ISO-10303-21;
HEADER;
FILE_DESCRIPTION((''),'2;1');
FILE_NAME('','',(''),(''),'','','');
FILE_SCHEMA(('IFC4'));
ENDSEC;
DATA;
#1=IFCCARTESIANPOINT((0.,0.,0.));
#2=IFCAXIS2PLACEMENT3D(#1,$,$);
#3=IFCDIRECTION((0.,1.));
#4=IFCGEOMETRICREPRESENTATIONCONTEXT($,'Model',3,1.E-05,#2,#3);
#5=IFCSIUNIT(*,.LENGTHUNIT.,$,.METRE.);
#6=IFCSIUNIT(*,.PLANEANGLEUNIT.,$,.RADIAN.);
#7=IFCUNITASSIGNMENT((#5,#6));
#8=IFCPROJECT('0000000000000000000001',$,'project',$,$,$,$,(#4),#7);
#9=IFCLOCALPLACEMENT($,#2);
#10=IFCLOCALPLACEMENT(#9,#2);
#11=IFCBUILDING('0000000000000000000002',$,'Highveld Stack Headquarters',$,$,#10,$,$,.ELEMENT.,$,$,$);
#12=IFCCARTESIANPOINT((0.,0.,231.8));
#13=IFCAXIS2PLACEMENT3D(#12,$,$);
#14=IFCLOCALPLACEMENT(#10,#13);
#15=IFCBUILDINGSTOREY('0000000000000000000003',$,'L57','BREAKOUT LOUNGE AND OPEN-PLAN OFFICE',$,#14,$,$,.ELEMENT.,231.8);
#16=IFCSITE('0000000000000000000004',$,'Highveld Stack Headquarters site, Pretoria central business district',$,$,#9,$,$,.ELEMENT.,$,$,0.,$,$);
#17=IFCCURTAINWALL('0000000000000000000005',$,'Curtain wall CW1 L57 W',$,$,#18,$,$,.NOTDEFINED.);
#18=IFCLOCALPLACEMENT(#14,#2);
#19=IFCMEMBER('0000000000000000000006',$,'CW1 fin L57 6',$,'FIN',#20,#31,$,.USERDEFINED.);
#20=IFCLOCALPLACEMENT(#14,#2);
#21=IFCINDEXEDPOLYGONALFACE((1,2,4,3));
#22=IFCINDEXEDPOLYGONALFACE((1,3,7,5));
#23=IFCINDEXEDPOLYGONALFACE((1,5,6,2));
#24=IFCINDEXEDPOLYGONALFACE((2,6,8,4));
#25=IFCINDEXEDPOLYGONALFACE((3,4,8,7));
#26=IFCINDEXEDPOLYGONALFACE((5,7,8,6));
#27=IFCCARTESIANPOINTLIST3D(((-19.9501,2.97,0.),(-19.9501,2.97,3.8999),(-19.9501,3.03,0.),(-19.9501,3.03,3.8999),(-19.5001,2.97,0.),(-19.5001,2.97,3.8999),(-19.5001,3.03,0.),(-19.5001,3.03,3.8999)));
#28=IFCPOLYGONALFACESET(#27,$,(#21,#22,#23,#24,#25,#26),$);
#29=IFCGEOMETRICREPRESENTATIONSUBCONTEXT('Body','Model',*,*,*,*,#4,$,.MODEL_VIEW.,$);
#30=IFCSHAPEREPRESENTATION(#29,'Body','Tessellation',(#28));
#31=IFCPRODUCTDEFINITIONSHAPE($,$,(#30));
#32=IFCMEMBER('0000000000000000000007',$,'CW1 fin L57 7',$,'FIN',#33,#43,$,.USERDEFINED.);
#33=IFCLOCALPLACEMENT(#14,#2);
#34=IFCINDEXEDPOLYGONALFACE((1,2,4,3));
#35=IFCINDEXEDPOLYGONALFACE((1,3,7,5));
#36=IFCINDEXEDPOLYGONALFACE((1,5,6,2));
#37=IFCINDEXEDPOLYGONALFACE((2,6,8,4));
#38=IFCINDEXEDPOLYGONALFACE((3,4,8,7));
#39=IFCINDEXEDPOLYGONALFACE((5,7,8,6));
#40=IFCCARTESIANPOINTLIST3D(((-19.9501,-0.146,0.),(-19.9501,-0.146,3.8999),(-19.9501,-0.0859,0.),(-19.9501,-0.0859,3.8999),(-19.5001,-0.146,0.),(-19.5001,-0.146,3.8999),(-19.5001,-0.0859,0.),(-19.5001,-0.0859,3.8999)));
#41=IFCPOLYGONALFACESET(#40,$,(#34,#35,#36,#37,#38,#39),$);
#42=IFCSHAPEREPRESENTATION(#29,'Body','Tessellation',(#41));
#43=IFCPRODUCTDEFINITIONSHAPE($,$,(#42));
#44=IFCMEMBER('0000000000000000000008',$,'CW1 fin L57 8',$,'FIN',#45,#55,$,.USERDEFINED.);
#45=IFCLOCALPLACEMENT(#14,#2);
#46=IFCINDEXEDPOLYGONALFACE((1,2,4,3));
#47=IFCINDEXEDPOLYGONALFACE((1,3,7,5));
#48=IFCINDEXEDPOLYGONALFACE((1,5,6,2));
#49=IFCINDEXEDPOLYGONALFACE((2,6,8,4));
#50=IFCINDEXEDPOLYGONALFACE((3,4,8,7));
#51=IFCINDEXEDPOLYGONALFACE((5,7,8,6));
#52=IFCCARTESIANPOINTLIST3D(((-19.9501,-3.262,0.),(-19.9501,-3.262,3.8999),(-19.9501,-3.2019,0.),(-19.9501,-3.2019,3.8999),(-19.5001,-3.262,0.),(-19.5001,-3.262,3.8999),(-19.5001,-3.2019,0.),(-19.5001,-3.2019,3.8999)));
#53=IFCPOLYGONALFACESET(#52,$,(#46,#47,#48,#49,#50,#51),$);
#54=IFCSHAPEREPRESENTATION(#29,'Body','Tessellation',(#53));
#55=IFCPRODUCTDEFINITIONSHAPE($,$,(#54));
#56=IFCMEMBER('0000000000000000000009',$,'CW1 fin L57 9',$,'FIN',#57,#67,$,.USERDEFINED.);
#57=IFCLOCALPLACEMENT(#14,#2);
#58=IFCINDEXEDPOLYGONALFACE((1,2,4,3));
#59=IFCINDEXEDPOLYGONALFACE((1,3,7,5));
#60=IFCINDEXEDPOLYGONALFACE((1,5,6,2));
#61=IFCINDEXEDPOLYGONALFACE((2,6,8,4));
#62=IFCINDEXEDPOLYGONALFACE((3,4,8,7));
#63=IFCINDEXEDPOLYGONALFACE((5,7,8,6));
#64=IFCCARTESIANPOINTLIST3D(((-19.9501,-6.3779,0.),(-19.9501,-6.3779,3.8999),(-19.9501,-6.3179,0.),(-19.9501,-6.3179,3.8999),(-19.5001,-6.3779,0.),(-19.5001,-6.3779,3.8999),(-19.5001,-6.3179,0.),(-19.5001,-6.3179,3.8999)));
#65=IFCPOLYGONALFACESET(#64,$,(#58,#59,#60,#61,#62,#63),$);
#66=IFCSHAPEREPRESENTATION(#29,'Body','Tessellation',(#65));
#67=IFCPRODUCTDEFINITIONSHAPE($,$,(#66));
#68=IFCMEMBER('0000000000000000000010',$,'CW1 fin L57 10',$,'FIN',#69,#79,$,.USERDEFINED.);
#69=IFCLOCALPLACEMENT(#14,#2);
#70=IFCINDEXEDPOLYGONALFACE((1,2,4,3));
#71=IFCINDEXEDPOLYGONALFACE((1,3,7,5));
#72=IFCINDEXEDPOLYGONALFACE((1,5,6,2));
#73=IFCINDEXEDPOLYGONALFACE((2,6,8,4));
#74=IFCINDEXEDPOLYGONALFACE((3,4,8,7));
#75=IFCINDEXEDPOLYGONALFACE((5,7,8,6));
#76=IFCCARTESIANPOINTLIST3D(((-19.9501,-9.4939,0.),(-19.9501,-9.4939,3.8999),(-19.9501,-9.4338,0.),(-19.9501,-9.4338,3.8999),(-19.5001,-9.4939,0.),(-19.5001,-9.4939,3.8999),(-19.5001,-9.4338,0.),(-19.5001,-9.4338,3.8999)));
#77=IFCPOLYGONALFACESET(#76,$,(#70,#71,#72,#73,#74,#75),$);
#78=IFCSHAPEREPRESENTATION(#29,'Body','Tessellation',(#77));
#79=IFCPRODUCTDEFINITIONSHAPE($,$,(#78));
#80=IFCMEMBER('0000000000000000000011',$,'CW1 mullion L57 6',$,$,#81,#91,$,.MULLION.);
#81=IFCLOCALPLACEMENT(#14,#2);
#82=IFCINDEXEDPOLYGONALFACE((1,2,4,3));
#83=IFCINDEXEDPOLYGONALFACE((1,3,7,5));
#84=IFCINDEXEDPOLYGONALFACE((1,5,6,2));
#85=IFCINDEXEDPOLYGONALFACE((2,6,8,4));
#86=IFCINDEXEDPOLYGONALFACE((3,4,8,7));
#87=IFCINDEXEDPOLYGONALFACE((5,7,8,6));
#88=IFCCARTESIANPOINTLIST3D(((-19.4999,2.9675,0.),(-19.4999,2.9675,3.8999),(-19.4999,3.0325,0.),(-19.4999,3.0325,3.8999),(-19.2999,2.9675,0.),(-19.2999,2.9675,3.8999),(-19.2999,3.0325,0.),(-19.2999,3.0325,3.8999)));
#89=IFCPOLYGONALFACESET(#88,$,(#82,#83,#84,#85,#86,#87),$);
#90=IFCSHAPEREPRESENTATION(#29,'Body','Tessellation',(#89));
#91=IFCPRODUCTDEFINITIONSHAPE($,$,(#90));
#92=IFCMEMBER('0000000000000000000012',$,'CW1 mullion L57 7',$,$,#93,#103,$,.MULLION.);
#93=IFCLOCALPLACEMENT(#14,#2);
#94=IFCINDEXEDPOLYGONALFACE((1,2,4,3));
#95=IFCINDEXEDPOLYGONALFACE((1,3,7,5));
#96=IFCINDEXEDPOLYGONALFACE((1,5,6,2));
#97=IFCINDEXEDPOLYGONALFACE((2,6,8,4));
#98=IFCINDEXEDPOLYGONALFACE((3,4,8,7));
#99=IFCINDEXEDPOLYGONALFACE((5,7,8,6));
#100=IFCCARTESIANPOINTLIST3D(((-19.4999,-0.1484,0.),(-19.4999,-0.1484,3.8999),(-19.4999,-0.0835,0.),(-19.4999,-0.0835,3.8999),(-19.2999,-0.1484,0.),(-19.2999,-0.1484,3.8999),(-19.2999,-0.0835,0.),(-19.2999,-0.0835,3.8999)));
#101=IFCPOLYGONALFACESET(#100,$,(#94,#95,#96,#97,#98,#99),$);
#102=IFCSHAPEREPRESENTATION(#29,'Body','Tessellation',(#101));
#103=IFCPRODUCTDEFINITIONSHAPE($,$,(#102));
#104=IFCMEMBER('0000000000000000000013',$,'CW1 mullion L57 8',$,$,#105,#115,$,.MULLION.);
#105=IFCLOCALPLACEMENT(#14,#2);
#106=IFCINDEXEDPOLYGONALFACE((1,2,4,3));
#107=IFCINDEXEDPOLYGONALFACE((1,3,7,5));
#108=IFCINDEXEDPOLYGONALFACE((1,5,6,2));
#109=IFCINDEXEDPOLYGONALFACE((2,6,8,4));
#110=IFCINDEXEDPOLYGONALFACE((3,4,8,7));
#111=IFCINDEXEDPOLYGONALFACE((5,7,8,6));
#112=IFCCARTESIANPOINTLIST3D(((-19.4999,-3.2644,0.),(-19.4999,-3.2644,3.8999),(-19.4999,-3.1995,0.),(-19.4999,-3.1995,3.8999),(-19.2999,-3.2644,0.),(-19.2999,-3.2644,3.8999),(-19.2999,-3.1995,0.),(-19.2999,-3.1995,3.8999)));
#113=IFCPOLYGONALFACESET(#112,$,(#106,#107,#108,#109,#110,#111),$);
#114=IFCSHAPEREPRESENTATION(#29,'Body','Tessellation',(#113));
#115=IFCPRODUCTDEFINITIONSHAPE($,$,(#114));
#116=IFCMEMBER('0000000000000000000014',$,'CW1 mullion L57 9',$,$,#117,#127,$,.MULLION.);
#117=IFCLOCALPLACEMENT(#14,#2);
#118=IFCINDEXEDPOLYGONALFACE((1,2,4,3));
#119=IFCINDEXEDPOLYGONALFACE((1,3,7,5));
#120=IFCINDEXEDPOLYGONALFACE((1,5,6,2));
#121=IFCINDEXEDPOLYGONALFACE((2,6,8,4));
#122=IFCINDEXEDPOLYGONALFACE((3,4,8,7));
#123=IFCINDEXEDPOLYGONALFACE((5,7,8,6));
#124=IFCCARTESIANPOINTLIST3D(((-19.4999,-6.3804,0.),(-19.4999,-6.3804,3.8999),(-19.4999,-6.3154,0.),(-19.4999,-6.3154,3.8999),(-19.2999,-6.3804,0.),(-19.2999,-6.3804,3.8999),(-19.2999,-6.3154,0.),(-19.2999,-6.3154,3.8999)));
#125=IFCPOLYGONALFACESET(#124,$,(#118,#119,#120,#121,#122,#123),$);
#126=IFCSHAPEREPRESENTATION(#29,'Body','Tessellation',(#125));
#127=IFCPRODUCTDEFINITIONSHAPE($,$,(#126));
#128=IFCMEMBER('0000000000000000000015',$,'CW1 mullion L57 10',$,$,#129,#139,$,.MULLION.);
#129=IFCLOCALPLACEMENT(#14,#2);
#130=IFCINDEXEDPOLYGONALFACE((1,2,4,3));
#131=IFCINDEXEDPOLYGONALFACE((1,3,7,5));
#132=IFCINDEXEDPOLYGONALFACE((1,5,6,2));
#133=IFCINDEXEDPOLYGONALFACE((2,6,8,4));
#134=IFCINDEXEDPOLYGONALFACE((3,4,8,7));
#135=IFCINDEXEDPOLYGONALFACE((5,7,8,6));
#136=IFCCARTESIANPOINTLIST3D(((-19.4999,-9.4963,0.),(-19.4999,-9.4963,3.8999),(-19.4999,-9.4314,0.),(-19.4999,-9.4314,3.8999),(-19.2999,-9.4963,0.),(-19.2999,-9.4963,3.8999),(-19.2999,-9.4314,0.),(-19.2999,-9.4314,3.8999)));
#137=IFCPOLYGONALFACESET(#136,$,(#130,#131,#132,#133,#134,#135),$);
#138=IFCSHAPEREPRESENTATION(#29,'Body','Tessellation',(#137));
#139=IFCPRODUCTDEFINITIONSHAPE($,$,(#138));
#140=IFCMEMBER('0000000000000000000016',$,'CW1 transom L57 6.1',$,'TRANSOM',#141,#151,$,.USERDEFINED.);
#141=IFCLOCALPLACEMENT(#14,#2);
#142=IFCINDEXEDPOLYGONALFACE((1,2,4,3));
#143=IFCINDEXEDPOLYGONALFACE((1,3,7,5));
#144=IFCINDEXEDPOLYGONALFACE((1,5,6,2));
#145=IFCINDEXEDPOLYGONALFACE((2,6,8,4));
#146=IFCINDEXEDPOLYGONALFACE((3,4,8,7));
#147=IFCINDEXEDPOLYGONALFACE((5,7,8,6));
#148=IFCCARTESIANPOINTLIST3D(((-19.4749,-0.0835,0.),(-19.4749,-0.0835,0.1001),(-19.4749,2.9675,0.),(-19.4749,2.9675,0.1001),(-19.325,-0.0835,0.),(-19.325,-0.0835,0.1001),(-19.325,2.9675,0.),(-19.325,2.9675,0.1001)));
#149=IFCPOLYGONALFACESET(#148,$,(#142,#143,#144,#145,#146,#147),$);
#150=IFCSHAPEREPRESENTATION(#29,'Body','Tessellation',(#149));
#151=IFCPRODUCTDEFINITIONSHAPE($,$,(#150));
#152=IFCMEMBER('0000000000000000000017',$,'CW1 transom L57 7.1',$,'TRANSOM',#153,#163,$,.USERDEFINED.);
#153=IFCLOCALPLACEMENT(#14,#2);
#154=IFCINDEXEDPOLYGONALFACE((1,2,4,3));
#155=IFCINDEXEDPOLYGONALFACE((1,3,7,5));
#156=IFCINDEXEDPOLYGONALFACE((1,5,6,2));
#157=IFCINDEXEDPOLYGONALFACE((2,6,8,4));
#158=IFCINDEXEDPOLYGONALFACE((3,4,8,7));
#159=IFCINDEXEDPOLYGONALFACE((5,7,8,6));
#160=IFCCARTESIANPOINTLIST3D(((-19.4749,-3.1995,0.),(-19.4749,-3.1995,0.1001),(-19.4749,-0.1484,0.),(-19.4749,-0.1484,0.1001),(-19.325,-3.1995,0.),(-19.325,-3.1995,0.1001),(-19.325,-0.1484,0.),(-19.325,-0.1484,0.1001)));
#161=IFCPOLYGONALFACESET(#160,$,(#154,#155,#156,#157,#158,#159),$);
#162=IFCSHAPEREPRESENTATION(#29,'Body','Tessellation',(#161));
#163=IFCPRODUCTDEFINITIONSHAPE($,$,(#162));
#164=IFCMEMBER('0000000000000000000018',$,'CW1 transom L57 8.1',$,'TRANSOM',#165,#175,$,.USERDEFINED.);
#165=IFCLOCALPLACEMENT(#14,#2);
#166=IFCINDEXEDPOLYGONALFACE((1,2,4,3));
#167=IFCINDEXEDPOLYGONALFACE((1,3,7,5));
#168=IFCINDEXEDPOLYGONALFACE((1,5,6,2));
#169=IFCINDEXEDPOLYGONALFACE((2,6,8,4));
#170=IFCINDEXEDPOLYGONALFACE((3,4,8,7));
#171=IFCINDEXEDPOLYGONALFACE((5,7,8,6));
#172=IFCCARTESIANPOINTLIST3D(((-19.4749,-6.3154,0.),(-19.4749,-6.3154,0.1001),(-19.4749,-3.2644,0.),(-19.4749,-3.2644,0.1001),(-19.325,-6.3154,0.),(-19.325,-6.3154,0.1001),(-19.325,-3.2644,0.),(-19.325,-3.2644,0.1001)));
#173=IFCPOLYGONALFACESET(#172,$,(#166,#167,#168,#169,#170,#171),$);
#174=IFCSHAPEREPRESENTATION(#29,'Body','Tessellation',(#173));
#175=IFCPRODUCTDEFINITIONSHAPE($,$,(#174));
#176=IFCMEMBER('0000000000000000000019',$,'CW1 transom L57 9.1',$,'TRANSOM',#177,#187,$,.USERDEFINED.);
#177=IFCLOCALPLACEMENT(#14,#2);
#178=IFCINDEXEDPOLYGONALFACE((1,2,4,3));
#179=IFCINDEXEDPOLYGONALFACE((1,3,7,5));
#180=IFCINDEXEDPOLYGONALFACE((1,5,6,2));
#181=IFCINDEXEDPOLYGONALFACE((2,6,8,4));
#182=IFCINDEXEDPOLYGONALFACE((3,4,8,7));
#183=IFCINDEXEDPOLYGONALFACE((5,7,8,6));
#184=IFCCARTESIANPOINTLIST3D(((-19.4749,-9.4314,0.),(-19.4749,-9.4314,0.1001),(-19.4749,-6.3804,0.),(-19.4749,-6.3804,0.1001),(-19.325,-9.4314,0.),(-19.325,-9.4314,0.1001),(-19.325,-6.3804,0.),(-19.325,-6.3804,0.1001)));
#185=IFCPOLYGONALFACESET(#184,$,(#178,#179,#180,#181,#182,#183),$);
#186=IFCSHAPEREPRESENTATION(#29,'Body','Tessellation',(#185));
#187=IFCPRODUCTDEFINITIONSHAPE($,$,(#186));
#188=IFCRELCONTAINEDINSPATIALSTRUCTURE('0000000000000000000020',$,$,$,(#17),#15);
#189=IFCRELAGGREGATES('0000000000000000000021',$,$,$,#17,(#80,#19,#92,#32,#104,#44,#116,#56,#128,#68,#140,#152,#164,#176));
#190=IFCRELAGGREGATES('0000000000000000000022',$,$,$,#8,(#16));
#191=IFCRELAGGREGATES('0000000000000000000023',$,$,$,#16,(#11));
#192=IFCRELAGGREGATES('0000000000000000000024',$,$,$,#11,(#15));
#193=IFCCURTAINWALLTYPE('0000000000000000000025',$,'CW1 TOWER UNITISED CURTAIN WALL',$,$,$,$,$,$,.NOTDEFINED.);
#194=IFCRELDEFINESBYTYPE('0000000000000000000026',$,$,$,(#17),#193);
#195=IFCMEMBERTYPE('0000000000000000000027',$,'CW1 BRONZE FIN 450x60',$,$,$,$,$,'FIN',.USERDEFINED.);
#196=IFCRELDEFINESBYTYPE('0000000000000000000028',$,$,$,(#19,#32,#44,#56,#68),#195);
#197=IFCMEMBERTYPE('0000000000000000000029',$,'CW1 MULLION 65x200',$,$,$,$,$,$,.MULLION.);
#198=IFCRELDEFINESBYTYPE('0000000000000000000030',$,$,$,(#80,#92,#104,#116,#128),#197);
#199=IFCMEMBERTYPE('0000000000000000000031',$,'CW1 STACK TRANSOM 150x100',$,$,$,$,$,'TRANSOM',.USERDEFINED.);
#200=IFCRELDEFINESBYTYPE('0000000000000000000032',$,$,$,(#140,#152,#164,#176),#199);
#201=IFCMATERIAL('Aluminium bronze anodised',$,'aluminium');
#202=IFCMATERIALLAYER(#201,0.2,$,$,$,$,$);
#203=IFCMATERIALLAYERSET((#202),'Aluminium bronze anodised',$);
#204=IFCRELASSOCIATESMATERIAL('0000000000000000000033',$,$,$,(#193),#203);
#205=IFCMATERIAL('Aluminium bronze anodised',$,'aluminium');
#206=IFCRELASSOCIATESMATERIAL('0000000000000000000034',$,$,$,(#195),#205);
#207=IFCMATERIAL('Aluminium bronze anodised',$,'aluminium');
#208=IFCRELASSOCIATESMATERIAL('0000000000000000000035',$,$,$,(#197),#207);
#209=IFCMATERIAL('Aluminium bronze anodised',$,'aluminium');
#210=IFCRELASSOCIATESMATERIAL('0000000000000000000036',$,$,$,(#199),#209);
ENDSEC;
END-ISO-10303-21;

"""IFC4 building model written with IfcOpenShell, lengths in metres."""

from ifc_helpers import new_model, si_unit, direction, frame, origin, origin_2d, place, context, subcontext, project, spatial, rectangle, extrude, material, layer, layer_set, material_profile, profile_set, type_object, element, aggregate, save


model = new_model("IFC4")

# Units and contexts
model_context = context("Model", 3, precision=1e-05, world=origin(), true_north=direction((0.0, 1.0)))
body_context = subcontext(model_context, "Body", "Model", "MODEL_VIEW")
ifc_project = project(units=[si_unit("LENGTHUNIT", "METRE"), si_unit("PLANEANGLEUNIT", "RADIAN")], contexts=[model_context])

# Site, building, storey
site_placement = place(None, origin())
site = spatial("IfcSite", under=ifc_project, at=site_placement, Name="Highveld Stack Headquarters site, Pretoria central business district", CompositionType="ELEMENT", RefElevation=0.0)
building_placement = place(site_placement, origin())
building = spatial("IfcBuilding", under=site, at=building_placement, Name="Highveld Stack Headquarters", CompositionType="ELEMENT")
storey_placement = place(building_placement, frame((0.0, 0.0, 231.8)))
storey = spatial("IfcBuildingStorey", under=building, at=storey_placement, Name="L57", Description="BREAKOUT LOUNGE AND OPEN-PLAN OFFICE", CompositionType="ELEMENT", Elevation=231.8)

# Curtain wall, members
ifc_material_1 = material(Name="Aluminium bronze anodised", Category="aluminium")
ifc_layer_1 = layer(ifc_material_1, 0.2)
ifc_layer_set_1 = layer_set([ifc_layer_1], Name="Aluminium bronze anodised")
curtain_wall_type = type_object("IfcCurtainWallType", Name="CW1 TOWER UNITISED CURTAIN WALL", PredefinedType="NOTDEFINED", material=ifc_layer_set_1)
curtain_wall_placement = place(storey_placement, origin())
curtain_wall = element("IfcCurtainWall", 1, at=curtain_wall_placement, inside=storey, type_object=curtain_wall_type, Name="Curtain wall CW1 L57 W", PredefinedType="NOTDEFINED")
ifc_material_2 = material(Name="Aluminium bronze anodised", Category="aluminium")
ifc_material_profile_1 = material_profile(ifc_material_2, rectangle(XDim=0.45, YDim=0.0601, at=origin_2d()), Name="FIN 450x60")
ifc_profile_set_1 = profile_set([ifc_material_profile_1], Name="Aluminium bronze anodised")
member_type_1 = type_object("IfcMemberType", Name="CW1 BRONZE FIN 450x60", ElementType="FIN", PredefinedType="USERDEFINED", material=ifc_profile_set_1)
member_1_placement = place(storey_placement, frame((-19.7251, 3.0, 0.0), z_axis=(0.0, 0.0, 1.0), x_axis=(1.0, 0.0, 0.0)))
member_1 = element("IfcMember", 2, at=member_1_placement, type_object=member_type_1, Name="CW1 fin L57 6", ObjectType="FIN", PredefinedType="USERDEFINED", context=body_context, shape_type="SweptSolid", body=[
    extrude(rectangle(XDim=0.45, YDim=0.0601, at=origin_2d()), origin(), (0.0, 0.0, 1.0), 3.8999),
])
member_2_placement = place(storey_placement, frame((-19.7251, -0.116, 0.0), z_axis=(0.0, 0.0, 1.0), x_axis=(1.0, 0.0, 0.0)))
member_2 = element("IfcMember", 3, at=member_2_placement, type_object=member_type_1, Name="CW1 fin L57 7", ObjectType="FIN", PredefinedType="USERDEFINED", context=body_context, shape_type="SweptSolid", body=[
    extrude(rectangle(XDim=0.45, YDim=0.0601, at=origin_2d()), origin(), (0.0, 0.0, 1.0), 3.8999),
])
member_3_placement = place(storey_placement, frame((-19.7251, -3.2319, 0.0), z_axis=(0.0, 0.0, 1.0), x_axis=(1.0, 0.0, 0.0)))
member_3 = element("IfcMember", 4, at=member_3_placement, type_object=member_type_1, Name="CW1 fin L57 8", ObjectType="FIN", PredefinedType="USERDEFINED", context=body_context, shape_type="SweptSolid", body=[
    extrude(rectangle(XDim=0.45, YDim=0.0601, at=origin_2d()), origin(), (0.0, 0.0, 1.0), 3.8999),
])
member_4_placement = place(storey_placement, frame((-19.7251, -6.3479, 0.0), z_axis=(0.0, 0.0, 1.0), x_axis=(1.0, 0.0, 0.0)))
member_4 = element("IfcMember", 5, at=member_4_placement, type_object=member_type_1, Name="CW1 fin L57 9", ObjectType="FIN", PredefinedType="USERDEFINED", context=body_context, shape_type="SweptSolid", body=[
    extrude(rectangle(XDim=0.45, YDim=0.0601, at=origin_2d()), origin(), (0.0, 0.0, 1.0), 3.8999),
])
member_5_placement = place(storey_placement, frame((-19.7251, -9.4639, 0.0), z_axis=(0.0, 0.0, 1.0), x_axis=(1.0, 0.0, 0.0)))
member_5 = element("IfcMember", 6, at=member_5_placement, type_object=member_type_1, Name="CW1 fin L57 10", ObjectType="FIN", PredefinedType="USERDEFINED", context=body_context, shape_type="SweptSolid", body=[
    extrude(rectangle(XDim=0.45, YDim=0.0601, at=origin_2d()), origin(), (0.0, 0.0, 1.0), 3.8999),
])
ifc_material_3 = material(Name="Aluminium bronze anodised", Category="aluminium")
ifc_material_profile_2 = material_profile(ifc_material_3, rectangle(XDim=0.2, YDim=0.0649, at=origin_2d()), Name="CW1 MULLION 65x200")
ifc_profile_set_2 = profile_set([ifc_material_profile_2], Name="Aluminium bronze anodised")
member_type_2 = type_object("IfcMemberType", Name="CW1 MULLION 65x200", PredefinedType="MULLION", material=ifc_profile_set_2)
member_6_placement = place(storey_placement, frame((-19.3999, 3.0, 0.0), z_axis=(0.0, 0.0, 1.0), x_axis=(1.0, 0.0, 0.0)))
member_6 = element("IfcMember", 7, at=member_6_placement, type_object=member_type_2, Name="CW1 mullion L57 6", PredefinedType="MULLION", context=body_context, shape_type="SweptSolid", body=[
    extrude(rectangle(XDim=0.2, YDim=0.0649, at=origin_2d()), origin(), (0.0, 0.0, 1.0), 3.8999),
])
member_7_placement = place(storey_placement, frame((-19.3999, -0.116, 0.0), z_axis=(0.0, 0.0, 1.0), x_axis=(1.0, 0.0, 0.0)))
member_7 = element("IfcMember", 8, at=member_7_placement, type_object=member_type_2, Name="CW1 mullion L57 7", PredefinedType="MULLION", context=body_context, shape_type="SweptSolid", body=[
    extrude(rectangle(XDim=0.2, YDim=0.0649, at=origin_2d()), origin(), (0.0, 0.0, 1.0), 3.8999),
])
member_8_placement = place(storey_placement, frame((-19.3999, -3.2319, 0.0), z_axis=(0.0, 0.0, 1.0), x_axis=(1.0, 0.0, 0.0)))
member_8 = element("IfcMember", 9, at=member_8_placement, type_object=member_type_2, Name="CW1 mullion L57 8", PredefinedType="MULLION", context=body_context, shape_type="SweptSolid", body=[
    extrude(rectangle(XDim=0.2, YDim=0.0649, at=origin_2d()), origin(), (0.0, 0.0, 1.0), 3.8999),
])
member_9_placement = place(storey_placement, frame((-19.3999, -6.3479, 0.0), z_axis=(0.0, 0.0, 1.0), x_axis=(1.0, 0.0, 0.0)))
member_9 = element("IfcMember", 10, at=member_9_placement, type_object=member_type_2, Name="CW1 mullion L57 9", PredefinedType="MULLION", context=body_context, shape_type="SweptSolid", body=[
    extrude(rectangle(XDim=0.2, YDim=0.0649, at=origin_2d()), origin(), (0.0, 0.0, 1.0), 3.8999),
])
member_10_placement = place(storey_placement, frame((-19.3999, -9.4639, 0.0), z_axis=(0.0, 0.0, 1.0), x_axis=(1.0, 0.0, 0.0)))
member_10 = element("IfcMember", 11, at=member_10_placement, type_object=member_type_2, Name="CW1 mullion L57 10", PredefinedType="MULLION", context=body_context, shape_type="SweptSolid", body=[
    extrude(rectangle(XDim=0.2, YDim=0.0649, at=origin_2d()), origin(), (0.0, 0.0, 1.0), 3.8999),
])
ifc_material_4 = material(Name="Aluminium bronze anodised", Category="aluminium")
ifc_material_profile_3 = material_profile(ifc_material_4, rectangle(XDim=0.1499, YDim=0.1001, at=origin_2d()), Name="CW1 TRANSOM 150x100")
ifc_profile_set_3 = profile_set([ifc_material_profile_3], Name="Aluminium bronze anodised")
member_type_3 = type_object("IfcMemberType", Name="CW1 STACK TRANSOM 150x100", ElementType="TRANSOM", PredefinedType="USERDEFINED", material=ifc_profile_set_3)
member_11_placement = place(storey_placement, frame((-19.3999, 2.9675, 0.05), z_axis=(0.0, -1.0, 0.0), x_axis=(1.0, 0.0, 0.0)))
member_11 = element("IfcMember", 12, at=member_11_placement, type_object=member_type_3, Name="CW1 transom L57 6.1", ObjectType="TRANSOM", PredefinedType="USERDEFINED", context=body_context, shape_type="SweptSolid", body=[
    extrude(rectangle(XDim=0.1499, YDim=0.1001, at=origin_2d()), origin(), (0.0, 0.0, 1.0), 3.051),
])
member_12_placement = place(storey_placement, frame((-19.3999, -0.1484, 0.05), z_axis=(0.0, -1.0, 0.0), x_axis=(1.0, 0.0, 0.0)))
member_12 = element("IfcMember", 13, at=member_12_placement, type_object=member_type_3, Name="CW1 transom L57 7.1", ObjectType="TRANSOM", PredefinedType="USERDEFINED", context=body_context, shape_type="SweptSolid", body=[
    extrude(rectangle(XDim=0.1499, YDim=0.1001, at=origin_2d()), origin(), (0.0, 0.0, 1.0), 3.051),
])
member_13_placement = place(storey_placement, frame((-19.3999, -3.2644, 0.05), z_axis=(0.0, -1.0, 0.0), x_axis=(1.0, 0.0, 0.0)))
member_13 = element("IfcMember", 14, at=member_13_placement, type_object=member_type_3, Name="CW1 transom L57 8.1", ObjectType="TRANSOM", PredefinedType="USERDEFINED", context=body_context, shape_type="SweptSolid", body=[
    extrude(rectangle(XDim=0.1499, YDim=0.1001, at=origin_2d()), origin(), (0.0, 0.0, 1.0), 3.051),
])
member_14_placement = place(storey_placement, frame((-19.3999, -6.3804, 0.05), z_axis=(0.0, -1.0, 0.0), x_axis=(1.0, 0.0, 0.0)))
member_14 = element("IfcMember", 15, at=member_14_placement, type_object=member_type_3, Name="CW1 transom L57 9.1", ObjectType="TRANSOM", PredefinedType="USERDEFINED", context=body_context, shape_type="SweptSolid", body=[
    extrude(rectangle(XDim=0.1499, YDim=0.1001, at=origin_2d()), origin(), (0.0, 0.0, 1.0), 3.051),
])

aggregate(curtain_wall, [member_6, member_1, member_7, member_2, member_8, member_3, member_9, member_4, member_10, member_5, member_11, member_12, member_13, member_14])

save(model, "model.ifc")
